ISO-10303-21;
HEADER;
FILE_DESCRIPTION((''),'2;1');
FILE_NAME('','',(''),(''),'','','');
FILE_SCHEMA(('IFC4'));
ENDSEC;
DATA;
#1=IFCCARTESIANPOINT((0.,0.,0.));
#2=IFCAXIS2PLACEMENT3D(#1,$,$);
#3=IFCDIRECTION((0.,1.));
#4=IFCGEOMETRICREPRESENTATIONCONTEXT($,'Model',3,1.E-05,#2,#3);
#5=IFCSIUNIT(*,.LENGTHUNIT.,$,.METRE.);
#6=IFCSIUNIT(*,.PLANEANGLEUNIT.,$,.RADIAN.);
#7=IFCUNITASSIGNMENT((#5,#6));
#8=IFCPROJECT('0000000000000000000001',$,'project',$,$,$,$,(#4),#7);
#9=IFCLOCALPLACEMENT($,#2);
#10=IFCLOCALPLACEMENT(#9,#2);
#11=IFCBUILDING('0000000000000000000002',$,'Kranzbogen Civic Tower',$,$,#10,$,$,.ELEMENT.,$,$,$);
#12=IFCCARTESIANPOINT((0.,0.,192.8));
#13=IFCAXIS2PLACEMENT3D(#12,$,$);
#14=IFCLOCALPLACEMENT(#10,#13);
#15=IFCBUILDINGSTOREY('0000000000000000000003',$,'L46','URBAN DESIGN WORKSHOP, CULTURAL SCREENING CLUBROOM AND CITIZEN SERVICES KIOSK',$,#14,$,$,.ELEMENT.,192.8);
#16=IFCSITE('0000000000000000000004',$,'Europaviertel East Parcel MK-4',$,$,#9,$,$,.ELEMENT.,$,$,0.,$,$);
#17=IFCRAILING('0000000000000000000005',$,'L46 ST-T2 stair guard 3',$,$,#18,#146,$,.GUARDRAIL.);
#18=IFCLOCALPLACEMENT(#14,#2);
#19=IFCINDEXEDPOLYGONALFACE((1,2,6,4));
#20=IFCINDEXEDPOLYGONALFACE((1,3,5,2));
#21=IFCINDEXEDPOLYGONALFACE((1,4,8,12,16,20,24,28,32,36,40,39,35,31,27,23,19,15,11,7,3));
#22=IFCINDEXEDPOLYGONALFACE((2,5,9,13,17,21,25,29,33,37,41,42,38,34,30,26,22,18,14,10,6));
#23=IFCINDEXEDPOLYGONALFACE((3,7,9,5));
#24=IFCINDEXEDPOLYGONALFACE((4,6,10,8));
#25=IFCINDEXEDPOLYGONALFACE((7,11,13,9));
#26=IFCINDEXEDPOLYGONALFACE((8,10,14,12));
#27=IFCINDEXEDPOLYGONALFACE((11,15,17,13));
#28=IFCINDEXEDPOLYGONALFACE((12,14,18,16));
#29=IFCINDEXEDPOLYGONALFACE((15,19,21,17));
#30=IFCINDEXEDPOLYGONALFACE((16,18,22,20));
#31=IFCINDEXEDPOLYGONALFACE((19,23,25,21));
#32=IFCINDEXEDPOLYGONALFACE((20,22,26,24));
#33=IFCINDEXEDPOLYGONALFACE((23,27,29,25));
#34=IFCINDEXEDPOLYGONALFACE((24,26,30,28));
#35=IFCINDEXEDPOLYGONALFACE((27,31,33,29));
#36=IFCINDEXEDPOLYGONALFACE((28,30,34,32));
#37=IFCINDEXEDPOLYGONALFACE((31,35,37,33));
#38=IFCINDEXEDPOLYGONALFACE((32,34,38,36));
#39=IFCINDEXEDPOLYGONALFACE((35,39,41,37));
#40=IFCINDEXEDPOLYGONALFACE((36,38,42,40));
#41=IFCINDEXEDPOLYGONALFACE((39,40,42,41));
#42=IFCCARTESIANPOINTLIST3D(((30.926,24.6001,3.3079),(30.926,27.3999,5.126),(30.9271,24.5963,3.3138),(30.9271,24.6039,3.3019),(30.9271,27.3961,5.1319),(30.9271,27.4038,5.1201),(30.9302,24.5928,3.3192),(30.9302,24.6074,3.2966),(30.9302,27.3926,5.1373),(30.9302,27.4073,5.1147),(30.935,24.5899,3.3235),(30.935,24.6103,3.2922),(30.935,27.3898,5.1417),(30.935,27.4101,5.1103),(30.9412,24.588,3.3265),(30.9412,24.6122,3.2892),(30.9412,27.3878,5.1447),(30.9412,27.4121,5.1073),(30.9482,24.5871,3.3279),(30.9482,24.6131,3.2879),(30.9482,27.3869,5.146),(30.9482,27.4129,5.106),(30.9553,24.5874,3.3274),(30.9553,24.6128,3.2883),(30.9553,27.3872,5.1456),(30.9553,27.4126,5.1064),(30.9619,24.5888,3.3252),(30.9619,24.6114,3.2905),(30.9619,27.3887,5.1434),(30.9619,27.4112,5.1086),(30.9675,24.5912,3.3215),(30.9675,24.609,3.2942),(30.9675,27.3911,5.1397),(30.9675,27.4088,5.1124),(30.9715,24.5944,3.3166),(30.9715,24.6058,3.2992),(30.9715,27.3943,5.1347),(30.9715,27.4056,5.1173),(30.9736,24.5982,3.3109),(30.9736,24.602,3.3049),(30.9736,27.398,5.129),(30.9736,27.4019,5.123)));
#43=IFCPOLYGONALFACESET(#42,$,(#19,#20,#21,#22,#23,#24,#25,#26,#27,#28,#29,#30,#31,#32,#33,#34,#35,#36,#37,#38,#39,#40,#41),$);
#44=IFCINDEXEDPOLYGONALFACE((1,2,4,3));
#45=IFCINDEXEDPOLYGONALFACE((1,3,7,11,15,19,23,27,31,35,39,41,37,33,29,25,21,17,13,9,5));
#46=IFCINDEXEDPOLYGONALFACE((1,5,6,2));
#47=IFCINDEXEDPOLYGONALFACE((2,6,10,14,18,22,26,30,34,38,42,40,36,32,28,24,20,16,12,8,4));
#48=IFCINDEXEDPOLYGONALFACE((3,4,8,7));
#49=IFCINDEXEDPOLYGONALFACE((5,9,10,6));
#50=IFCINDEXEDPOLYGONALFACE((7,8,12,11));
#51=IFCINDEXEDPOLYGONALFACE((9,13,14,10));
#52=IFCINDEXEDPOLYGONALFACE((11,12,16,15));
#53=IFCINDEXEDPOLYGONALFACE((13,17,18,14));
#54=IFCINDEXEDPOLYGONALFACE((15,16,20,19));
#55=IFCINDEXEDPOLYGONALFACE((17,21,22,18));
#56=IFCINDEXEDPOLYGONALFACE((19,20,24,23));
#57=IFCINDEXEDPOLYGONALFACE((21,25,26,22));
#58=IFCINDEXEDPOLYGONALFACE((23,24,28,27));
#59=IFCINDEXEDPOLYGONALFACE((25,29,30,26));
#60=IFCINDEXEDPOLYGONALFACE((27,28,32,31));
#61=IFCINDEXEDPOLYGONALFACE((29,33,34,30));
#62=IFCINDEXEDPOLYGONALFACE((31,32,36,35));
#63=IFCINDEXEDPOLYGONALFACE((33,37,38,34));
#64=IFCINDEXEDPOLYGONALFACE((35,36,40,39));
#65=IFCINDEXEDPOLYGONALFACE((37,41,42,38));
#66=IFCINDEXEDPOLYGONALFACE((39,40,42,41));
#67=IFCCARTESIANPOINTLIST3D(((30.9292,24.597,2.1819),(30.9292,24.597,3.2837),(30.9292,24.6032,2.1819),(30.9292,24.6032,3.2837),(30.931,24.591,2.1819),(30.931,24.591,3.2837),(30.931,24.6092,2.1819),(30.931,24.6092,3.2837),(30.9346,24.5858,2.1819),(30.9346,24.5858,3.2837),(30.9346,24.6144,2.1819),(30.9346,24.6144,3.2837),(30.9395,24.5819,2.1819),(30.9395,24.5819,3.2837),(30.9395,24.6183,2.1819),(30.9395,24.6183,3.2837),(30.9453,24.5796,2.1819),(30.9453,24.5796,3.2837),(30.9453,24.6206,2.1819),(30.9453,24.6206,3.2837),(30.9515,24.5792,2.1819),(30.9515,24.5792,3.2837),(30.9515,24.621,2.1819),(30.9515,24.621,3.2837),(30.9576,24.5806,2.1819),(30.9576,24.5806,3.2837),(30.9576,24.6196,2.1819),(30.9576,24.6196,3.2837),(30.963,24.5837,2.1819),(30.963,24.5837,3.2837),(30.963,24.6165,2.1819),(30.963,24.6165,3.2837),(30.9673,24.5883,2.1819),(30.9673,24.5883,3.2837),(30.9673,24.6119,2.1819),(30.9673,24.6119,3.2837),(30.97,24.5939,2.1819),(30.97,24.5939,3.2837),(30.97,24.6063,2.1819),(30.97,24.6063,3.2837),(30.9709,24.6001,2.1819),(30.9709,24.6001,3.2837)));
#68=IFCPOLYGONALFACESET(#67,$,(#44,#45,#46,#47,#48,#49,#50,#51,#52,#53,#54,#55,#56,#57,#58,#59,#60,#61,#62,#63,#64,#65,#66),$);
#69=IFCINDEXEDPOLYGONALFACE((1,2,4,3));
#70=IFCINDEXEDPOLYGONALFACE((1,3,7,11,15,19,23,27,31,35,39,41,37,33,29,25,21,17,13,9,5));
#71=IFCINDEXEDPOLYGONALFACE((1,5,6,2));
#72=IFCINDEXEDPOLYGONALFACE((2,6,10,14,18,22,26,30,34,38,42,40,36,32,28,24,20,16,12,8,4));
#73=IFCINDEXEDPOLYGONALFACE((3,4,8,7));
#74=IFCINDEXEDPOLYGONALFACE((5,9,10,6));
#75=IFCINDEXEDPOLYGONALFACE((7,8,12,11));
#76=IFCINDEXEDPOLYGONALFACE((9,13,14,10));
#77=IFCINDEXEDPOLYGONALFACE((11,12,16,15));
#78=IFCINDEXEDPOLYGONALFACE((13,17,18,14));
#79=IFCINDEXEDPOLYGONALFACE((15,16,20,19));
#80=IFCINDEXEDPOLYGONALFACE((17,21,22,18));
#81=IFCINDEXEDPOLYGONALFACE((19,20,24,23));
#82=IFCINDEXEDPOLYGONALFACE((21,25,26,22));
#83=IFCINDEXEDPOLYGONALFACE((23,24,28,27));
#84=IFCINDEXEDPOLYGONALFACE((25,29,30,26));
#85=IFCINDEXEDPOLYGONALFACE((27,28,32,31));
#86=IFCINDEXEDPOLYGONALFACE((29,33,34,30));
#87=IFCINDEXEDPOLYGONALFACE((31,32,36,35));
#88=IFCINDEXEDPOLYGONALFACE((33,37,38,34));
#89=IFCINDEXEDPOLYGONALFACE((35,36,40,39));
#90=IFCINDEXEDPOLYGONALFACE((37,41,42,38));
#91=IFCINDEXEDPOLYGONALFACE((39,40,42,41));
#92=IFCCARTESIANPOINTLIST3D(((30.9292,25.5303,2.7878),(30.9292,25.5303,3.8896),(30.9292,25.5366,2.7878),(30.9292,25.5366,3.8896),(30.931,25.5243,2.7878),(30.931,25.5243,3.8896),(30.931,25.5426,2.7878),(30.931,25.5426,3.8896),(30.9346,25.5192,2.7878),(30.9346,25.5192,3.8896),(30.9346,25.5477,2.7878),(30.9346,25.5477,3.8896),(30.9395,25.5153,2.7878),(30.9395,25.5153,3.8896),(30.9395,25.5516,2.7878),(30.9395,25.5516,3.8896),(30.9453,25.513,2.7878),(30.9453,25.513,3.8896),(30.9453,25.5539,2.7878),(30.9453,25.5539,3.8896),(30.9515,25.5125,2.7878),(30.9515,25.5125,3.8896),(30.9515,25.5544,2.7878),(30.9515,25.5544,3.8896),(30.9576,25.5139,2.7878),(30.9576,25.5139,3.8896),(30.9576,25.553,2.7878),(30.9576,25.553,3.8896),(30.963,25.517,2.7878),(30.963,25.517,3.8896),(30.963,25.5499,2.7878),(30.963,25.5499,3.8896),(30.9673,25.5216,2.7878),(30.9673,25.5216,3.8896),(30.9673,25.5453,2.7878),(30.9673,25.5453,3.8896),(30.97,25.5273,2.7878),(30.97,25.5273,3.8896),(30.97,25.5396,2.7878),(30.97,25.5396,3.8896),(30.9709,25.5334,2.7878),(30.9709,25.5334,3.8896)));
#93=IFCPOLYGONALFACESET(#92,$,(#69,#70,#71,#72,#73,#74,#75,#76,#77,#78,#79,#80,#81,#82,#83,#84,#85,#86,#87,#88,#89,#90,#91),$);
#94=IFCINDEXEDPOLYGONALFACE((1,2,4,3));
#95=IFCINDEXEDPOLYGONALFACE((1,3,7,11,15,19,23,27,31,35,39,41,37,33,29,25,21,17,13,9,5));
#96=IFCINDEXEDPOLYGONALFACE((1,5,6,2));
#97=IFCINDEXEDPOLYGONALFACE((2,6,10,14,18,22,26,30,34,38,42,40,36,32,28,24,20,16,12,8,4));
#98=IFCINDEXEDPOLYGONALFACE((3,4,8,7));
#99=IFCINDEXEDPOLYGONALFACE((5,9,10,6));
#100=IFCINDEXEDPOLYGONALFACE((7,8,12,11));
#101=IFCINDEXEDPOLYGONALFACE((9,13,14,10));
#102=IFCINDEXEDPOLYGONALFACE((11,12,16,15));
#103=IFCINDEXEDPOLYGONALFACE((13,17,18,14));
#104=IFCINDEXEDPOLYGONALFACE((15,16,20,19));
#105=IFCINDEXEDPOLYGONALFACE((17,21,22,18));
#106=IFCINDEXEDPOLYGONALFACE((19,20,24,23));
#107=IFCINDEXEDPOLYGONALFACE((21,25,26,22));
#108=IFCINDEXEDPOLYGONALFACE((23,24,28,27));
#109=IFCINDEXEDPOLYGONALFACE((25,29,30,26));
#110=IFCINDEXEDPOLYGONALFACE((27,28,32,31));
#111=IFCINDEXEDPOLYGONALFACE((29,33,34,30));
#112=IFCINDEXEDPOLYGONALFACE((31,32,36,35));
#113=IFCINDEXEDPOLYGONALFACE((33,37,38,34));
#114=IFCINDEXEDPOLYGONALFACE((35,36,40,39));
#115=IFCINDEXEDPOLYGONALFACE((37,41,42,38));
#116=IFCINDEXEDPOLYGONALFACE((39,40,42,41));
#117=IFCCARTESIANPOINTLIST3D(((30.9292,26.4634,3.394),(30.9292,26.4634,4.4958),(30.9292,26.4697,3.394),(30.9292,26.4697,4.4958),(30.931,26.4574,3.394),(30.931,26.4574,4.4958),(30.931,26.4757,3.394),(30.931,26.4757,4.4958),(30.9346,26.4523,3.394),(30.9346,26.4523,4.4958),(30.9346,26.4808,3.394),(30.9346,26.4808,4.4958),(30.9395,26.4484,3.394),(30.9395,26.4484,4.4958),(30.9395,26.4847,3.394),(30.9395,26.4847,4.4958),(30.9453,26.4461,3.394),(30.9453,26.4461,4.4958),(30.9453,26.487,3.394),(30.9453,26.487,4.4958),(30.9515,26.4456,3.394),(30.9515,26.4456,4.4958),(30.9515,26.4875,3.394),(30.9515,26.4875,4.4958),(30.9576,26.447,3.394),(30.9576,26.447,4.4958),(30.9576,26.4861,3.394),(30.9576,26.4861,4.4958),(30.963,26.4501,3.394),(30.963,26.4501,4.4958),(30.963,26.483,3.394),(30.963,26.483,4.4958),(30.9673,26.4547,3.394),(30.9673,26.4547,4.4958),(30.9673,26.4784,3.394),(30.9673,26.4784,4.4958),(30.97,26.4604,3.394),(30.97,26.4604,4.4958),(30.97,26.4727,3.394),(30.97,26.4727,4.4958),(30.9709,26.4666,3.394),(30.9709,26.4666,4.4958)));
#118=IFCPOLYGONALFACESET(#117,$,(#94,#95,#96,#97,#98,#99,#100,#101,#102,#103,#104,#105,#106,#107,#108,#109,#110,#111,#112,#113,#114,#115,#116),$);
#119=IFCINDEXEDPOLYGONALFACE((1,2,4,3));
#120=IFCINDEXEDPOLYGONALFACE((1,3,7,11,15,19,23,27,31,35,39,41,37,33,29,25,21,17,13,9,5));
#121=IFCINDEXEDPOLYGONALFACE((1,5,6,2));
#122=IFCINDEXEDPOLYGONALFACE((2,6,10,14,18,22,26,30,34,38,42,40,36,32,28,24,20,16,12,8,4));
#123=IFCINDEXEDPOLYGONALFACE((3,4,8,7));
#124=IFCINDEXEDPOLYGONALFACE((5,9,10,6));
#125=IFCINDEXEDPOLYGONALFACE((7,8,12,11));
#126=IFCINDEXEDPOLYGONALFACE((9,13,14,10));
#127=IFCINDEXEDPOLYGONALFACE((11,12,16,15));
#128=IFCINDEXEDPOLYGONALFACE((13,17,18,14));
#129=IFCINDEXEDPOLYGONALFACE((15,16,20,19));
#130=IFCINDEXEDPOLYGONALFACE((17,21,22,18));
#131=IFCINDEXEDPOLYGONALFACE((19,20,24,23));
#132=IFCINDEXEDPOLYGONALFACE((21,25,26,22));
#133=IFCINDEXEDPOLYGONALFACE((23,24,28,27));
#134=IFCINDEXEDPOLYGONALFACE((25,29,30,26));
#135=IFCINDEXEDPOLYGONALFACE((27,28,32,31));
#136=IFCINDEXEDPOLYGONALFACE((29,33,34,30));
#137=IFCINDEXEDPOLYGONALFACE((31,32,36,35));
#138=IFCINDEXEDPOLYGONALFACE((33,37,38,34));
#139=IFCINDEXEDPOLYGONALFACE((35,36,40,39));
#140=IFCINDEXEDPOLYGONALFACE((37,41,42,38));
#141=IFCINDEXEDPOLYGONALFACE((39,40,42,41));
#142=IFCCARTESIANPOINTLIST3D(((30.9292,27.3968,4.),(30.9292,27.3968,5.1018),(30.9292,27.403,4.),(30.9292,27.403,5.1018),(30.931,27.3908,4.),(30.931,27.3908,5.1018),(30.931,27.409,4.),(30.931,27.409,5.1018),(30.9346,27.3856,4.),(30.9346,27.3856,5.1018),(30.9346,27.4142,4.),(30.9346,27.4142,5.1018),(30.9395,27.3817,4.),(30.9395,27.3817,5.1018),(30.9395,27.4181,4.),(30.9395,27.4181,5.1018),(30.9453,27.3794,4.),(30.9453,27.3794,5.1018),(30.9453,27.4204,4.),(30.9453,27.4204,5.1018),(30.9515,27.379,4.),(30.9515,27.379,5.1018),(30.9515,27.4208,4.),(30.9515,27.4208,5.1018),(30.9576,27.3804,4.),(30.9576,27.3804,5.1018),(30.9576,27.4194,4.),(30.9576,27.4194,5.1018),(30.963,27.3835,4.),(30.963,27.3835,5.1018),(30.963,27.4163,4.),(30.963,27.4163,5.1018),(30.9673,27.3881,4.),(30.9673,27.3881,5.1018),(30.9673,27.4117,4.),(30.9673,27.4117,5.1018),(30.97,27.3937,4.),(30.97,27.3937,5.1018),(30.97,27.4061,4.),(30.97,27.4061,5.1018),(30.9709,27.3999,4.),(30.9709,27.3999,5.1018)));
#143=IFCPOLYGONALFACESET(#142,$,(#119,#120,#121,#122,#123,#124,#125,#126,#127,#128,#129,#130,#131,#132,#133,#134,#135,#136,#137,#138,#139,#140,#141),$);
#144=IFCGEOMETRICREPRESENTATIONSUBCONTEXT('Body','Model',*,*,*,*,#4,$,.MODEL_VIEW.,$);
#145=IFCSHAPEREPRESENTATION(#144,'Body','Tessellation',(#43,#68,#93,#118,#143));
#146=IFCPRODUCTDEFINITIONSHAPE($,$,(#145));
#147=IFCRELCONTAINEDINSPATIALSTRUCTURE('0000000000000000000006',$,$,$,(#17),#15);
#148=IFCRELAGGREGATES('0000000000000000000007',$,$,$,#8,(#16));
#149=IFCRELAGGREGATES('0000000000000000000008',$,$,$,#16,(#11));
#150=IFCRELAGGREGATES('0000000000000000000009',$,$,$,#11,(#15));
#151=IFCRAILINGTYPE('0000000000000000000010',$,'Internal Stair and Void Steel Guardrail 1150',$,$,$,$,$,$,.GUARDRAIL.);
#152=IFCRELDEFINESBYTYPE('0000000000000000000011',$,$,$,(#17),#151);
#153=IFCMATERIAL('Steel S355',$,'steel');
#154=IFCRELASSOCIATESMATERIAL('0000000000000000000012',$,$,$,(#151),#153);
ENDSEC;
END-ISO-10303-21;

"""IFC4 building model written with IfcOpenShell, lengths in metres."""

from ifc_helpers import new_model, si_unit, direction, frame, origin, origin_2d, place, context, subcontext, project, spatial, circle, extrude, material, type_object, element, save


model = new_model("IFC4")

# Units and contexts
model_context = context("Model", 3, precision=1e-05, world=origin(), true_north=direction((0.0, 1.0)))
body_context = subcontext(model_context, "Body", "Model", "MODEL_VIEW")
ifc_project = project(units=[si_unit("LENGTHUNIT", "METRE"), si_unit("PLANEANGLEUNIT", "RADIAN")], contexts=[model_context])

# Site, building, storey
site_placement = place(None, origin())
site = spatial("IfcSite", under=ifc_project, at=site_placement, Name="Europaviertel East Parcel MK-4", CompositionType="ELEMENT", RefElevation=0.0)
building_placement = place(site_placement, origin())
building = spatial("IfcBuilding", under=site, at=building_placement, Name="Kranzbogen Civic Tower", CompositionType="ELEMENT")
storey_placement = place(building_placement, frame((0.0, 0.0, 192.8)))
storey = spatial("IfcBuildingStorey", under=building, at=storey_placement, Name="L46", Description="URBAN DESIGN WORKSHOP, CULTURAL SCREENING CLUBROOM AND CITIZEN SERVICES KIOSK", CompositionType="ELEMENT", Elevation=192.8)

# Shared definitions
ifc_material_1 = material(Name="Steel S355", Category="steel")

# Railing
railing_type_1 = type_object("IfcRailingType", Name="Internal Stair and Void Steel Guardrail 1150", PredefinedType="GUARDRAIL", material=ifc_material_1)
railing_1_placement = place(storey_placement, frame((30.95, 24.6001, 2.1819)))
element("IfcRailing", 1, at=railing_1_placement, inside=storey, type_object=railing_type_1, Name="L46 ST-T2 stair guard 3", PredefinedType="GUARDRAIL", context=body_context, shape_type="SweptSolid", body=[
    extrude(circle(Radius=0.0239, at=origin_2d()), frame((0.0, 0.0, 1.126), z_axis=(0.0, 0.838684, 0.544618), x_axis=(-1.0, 0.0, 0.0)), (0.0, 0.0, 1.0), 3.3384),
    extrude(circle(Radius=0.021, at=origin_2d()), origin(), (0.0, 0.0, 1.0), 1.1018),
    extrude(circle(Radius=0.021, at=origin_2d()), frame((0.0, 0.9333, 0.606)), (0.0, 0.0, 1.0), 1.1018),
    extrude(circle(Radius=0.021, at=origin_2d()), frame((0.0, 1.8665, 1.2122)), (0.0, 0.0, 1.0), 1.1018),
    extrude(circle(Radius=0.021, at=origin_2d()), frame((0.0, 2.7998, 1.8181)), (0.0, 0.0, 1.0), 1.1018),
])

save(model, "model.ifc")
